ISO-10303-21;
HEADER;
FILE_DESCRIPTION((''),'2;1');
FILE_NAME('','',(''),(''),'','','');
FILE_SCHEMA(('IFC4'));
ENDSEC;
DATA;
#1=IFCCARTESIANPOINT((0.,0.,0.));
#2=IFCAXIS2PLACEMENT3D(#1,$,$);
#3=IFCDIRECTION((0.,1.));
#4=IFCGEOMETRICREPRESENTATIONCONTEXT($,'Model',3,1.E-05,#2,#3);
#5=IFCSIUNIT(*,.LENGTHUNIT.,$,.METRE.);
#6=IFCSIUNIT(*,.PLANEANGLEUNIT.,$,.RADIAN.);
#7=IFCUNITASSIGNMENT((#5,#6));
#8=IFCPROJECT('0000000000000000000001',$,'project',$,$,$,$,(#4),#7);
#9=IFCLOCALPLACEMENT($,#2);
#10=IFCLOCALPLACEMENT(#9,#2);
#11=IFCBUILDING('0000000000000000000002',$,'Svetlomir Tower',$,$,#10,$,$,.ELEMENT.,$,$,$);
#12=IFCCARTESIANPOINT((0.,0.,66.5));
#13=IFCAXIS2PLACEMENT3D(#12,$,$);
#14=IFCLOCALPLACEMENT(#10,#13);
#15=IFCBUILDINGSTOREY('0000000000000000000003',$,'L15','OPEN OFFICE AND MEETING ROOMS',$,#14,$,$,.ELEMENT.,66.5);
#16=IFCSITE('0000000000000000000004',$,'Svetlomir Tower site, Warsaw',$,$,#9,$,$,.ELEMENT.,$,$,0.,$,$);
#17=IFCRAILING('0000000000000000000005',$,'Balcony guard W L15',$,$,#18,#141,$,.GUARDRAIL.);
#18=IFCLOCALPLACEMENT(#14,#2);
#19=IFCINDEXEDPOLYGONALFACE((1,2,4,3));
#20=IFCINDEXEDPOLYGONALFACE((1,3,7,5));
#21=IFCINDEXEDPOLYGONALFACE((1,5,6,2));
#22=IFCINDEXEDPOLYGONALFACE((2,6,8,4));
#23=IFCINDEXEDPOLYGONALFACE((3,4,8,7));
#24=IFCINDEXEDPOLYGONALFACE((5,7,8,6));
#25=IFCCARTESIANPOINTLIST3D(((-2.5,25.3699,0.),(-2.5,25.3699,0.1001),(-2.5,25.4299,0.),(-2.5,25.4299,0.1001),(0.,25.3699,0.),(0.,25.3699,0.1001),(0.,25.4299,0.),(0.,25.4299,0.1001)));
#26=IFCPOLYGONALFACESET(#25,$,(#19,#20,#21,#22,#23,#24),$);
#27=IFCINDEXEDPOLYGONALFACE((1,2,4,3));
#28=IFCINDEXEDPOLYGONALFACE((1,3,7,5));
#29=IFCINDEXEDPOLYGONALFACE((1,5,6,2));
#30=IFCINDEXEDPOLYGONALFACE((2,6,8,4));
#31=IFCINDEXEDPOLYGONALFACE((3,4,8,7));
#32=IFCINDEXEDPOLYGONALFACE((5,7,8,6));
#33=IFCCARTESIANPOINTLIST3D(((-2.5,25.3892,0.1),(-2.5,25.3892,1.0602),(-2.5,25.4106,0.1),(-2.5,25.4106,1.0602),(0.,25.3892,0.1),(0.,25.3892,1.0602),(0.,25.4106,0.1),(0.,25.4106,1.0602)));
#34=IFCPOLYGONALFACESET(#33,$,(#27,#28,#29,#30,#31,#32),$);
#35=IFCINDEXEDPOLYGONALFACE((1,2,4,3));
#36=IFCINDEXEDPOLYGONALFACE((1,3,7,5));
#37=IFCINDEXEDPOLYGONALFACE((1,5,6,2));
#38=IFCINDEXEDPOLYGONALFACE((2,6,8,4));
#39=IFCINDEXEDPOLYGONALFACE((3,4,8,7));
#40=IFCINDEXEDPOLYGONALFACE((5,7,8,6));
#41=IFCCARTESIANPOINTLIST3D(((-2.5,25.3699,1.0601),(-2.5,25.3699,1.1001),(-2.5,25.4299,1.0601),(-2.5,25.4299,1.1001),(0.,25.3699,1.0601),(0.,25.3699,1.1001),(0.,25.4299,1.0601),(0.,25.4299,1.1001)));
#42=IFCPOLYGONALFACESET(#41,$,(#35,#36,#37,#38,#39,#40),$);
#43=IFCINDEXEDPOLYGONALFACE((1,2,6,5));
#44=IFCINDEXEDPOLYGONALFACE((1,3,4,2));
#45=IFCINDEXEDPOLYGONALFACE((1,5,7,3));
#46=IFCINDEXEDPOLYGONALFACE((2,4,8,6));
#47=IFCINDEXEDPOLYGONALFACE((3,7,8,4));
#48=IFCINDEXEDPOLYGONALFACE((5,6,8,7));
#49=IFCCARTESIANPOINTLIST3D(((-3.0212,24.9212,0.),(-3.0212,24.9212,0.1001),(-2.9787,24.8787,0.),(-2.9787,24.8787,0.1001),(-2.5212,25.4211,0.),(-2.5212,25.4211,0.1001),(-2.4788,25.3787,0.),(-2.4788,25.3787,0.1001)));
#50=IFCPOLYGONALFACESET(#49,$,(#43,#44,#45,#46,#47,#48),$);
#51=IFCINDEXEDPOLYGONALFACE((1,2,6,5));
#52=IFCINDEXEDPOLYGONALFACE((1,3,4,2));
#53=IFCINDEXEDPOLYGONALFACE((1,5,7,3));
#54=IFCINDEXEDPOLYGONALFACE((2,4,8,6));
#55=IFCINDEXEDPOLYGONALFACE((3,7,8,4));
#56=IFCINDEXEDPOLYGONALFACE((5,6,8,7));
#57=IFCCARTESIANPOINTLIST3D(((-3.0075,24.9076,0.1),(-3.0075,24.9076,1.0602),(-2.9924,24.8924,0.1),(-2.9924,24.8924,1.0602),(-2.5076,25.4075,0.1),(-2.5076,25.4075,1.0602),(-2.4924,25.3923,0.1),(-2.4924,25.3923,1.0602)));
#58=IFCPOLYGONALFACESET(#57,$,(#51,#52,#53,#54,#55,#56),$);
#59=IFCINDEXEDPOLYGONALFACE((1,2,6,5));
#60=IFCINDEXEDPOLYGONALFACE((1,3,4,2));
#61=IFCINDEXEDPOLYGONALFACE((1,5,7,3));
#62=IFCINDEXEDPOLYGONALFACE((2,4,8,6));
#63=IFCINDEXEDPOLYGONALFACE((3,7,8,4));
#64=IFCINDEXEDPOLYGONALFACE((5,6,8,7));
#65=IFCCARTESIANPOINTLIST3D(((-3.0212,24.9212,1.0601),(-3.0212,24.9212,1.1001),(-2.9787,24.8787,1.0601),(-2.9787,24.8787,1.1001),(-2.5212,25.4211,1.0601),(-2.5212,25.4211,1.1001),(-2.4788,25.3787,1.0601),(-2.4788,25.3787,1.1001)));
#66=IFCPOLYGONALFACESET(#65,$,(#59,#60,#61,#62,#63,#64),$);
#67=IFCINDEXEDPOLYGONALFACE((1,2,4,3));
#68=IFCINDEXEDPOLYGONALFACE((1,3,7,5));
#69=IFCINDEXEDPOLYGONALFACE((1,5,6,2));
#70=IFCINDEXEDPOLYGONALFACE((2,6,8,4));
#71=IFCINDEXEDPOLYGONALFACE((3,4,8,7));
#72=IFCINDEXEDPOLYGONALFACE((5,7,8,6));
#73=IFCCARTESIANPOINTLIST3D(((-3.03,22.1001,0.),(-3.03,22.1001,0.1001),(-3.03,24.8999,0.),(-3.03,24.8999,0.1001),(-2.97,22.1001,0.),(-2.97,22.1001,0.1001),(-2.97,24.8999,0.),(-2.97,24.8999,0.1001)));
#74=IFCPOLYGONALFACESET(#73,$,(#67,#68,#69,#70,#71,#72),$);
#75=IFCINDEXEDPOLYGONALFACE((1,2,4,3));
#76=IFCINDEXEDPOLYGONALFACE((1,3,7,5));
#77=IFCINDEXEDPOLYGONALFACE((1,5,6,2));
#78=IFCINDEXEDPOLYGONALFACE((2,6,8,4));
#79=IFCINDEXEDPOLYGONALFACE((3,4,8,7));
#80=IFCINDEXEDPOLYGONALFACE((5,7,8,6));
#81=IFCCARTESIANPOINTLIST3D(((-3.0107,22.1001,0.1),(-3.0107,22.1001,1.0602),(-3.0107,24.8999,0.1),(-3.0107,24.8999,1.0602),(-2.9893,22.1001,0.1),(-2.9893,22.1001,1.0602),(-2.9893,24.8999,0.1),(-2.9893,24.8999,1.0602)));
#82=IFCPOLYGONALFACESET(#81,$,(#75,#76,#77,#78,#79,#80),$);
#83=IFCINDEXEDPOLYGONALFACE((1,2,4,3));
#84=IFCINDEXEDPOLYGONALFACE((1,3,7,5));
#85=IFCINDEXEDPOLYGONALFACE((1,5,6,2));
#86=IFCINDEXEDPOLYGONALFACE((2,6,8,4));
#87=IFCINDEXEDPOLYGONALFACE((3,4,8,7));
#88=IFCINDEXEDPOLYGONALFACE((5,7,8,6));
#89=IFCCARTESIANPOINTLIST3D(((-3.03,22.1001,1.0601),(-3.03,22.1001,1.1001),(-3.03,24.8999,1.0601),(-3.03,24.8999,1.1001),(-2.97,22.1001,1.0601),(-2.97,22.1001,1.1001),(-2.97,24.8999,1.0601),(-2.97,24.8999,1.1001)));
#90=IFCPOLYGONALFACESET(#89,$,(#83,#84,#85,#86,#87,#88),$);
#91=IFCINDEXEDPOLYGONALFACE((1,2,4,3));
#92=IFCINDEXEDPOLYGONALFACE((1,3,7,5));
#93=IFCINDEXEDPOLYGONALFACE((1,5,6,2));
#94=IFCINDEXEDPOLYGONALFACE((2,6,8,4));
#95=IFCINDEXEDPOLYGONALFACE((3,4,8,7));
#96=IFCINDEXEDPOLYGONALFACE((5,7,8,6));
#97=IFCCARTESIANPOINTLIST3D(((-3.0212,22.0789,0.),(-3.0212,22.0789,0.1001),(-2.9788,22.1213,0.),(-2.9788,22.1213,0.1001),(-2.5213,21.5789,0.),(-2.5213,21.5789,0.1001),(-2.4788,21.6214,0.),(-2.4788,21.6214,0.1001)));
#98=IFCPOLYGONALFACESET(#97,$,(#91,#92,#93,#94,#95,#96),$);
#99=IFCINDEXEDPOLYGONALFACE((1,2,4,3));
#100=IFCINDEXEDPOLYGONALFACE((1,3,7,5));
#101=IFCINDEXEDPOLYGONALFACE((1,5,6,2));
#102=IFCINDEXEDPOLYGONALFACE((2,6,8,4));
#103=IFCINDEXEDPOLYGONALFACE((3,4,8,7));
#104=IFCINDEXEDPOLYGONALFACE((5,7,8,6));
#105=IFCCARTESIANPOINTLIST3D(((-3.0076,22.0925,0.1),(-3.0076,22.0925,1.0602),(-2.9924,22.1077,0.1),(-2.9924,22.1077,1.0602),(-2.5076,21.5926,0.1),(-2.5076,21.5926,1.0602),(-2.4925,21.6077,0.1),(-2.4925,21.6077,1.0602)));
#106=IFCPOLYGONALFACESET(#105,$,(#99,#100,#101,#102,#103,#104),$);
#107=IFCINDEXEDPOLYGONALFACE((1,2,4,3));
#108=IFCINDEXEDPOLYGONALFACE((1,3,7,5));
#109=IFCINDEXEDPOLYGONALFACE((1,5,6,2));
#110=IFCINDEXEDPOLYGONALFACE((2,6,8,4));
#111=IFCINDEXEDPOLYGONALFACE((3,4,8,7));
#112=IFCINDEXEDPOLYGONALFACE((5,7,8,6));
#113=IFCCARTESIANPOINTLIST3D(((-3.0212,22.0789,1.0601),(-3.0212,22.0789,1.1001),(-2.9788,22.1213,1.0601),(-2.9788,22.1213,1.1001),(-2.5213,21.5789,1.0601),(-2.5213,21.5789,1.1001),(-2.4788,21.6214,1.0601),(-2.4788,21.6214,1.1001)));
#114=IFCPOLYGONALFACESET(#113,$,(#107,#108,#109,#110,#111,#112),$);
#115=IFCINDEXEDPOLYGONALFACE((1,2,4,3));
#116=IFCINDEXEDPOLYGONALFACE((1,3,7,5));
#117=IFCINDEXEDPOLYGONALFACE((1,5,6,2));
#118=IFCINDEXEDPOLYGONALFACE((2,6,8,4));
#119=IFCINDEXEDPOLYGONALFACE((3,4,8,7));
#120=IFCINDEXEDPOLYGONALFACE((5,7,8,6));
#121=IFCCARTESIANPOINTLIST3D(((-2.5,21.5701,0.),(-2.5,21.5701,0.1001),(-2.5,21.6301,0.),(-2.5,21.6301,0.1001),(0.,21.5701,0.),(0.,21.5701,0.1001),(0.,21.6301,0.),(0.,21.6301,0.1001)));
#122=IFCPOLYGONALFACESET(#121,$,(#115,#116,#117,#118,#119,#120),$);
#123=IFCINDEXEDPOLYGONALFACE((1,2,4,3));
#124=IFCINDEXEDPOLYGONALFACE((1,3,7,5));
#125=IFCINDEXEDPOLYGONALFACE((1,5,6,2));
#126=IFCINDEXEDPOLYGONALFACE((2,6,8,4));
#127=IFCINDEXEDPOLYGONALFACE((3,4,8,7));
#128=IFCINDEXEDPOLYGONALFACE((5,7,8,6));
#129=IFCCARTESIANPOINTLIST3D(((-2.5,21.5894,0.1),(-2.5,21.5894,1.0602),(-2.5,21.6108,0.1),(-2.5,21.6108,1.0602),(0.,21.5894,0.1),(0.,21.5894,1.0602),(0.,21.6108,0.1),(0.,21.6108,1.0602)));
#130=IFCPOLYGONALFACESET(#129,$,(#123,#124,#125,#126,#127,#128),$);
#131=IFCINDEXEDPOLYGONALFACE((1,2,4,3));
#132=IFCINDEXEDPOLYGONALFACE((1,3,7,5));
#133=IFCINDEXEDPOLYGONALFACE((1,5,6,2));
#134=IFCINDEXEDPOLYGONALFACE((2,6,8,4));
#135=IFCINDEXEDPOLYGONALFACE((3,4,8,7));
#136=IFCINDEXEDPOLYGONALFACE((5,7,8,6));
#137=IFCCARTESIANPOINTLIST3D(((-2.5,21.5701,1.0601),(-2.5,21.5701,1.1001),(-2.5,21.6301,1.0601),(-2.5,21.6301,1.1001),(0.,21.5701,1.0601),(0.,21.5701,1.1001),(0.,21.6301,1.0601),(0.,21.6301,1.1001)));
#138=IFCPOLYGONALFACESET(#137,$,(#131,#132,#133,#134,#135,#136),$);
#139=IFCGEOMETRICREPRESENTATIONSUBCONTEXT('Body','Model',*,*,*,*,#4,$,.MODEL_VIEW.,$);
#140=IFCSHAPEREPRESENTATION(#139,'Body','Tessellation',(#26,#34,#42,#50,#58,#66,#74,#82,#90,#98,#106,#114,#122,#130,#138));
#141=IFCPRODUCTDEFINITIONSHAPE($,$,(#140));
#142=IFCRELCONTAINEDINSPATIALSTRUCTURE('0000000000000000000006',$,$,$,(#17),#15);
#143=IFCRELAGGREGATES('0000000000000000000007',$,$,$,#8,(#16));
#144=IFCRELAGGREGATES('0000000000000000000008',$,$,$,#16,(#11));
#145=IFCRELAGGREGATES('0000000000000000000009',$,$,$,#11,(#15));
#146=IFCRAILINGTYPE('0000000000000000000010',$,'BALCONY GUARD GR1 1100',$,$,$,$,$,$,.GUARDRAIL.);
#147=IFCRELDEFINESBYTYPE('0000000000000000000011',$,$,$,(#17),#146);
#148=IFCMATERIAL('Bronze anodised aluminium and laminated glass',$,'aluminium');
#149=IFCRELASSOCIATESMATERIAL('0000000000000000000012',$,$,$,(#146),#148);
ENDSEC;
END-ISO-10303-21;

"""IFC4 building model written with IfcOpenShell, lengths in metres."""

from ifc_helpers import new_model, si_unit, direction, frame, origin, origin_2d, place, context, subcontext, project, spatial, rectangle, extrude, material, type_object, element, save


model = new_model("IFC4")

# Units and contexts
model_context = context("Model", 3, precision=1e-05, world=origin(), true_north=direction((0.0, 1.0)))
body_context = subcontext(model_context, "Body", "Model", "MODEL_VIEW")
ifc_project = project(units=[si_unit("LENGTHUNIT", "METRE"), si_unit("PLANEANGLEUNIT", "RADIAN")], contexts=[model_context])

# Site, building, storey
site_placement = place(None, origin())
site = spatial("IfcSite", under=ifc_project, at=site_placement, Name="Svetlomir Tower site, Warsaw", CompositionType="ELEMENT", RefElevation=0.0)
building_placement = place(site_placement, origin())
building = spatial("IfcBuilding", under=site, at=building_placement, Name="Svetlomir Tower", CompositionType="ELEMENT")
storey_placement = place(building_placement, frame((0.0, 0.0, 66.5)))
storey = spatial("IfcBuildingStorey", under=building, at=storey_placement, Name="L15", Description="OPEN OFFICE AND MEETING ROOMS", CompositionType="ELEMENT", Elevation=66.5)

# Railing
ifc_material_1 = material(Name="Bronze anodised aluminium and laminated glass", Category="aluminium")
railing_type_1 = type_object("IfcRailingType", Name="BALCONY GUARD GR1 1100", PredefinedType="GUARDRAIL", material=ifc_material_1)
railing_1_placement = place(storey_placement, frame((0.0, 25.3999, 0.0)))
element("IfcRailing", 1, at=railing_1_placement, inside=storey, type_object=railing_type_1, Name="Balcony guard W L15", PredefinedType="GUARDRAIL", context=body_context, shape_type="SweptSolid", body=[
    extrude(rectangle(XDim=0.0601, YDim=0.1001, at=origin_2d()), frame((0.0, 0.0, 0.05), z_axis=(-1.0, 0.0, 0.0), x_axis=(0.0, -1.0, 0.0)), (0.0, 0.0, 1.0), 2.5),
    extrude(rectangle(XDim=0.0215, YDim=0.9602, at=origin_2d()), frame((0.0, 0.0, 0.5801), z_axis=(-1.0, 0.0, 0.0), x_axis=(0.0, -1.0, 0.0)), (0.0, 0.0, 1.0), 2.5),
    extrude(rectangle(XDim=0.0601, YDim=0.04, at=origin_2d()), frame((0.0, 0.0, 1.0801), z_axis=(-1.0, 0.0, 0.0), x_axis=(0.0, -1.0, 0.0)), (0.0, 0.0, 1.0), 2.5),
    extrude(rectangle(XDim=0.0601, YDim=0.1001, at=origin_2d()), frame((-2.5, 0.0, 0.05), z_axis=(-0.707107, -0.707107, 0.0), x_axis=(0.707107, -0.707107, 0.0)), (0.0, 0.0, 1.0), 0.707),
    extrude(rectangle(XDim=0.0215, YDim=0.9602, at=origin_2d()), frame((-2.5, 0.0, 0.5801), z_axis=(-0.707107, -0.707107, 0.0), x_axis=(0.707107, -0.707107, 0.0)), (0.0, 0.0, 1.0), 0.707),
    extrude(rectangle(XDim=0.0601, YDim=0.04, at=origin_2d()), frame((-2.5, 0.0, 1.0801), z_axis=(-0.707107, -0.707107, 0.0), x_axis=(0.707107, -0.707107, 0.0)), (0.0, 0.0, 1.0), 0.707),
    extrude(rectangle(XDim=0.0601, YDim=0.1001, at=origin_2d()), frame((-3.0, -0.5, 0.05), z_axis=(0.0, -1.0, 0.0), x_axis=(1.0, 0.0, 0.0)), (0.0, 0.0, 1.0), 2.7998),
    extrude(rectangle(XDim=0.0215, YDim=0.9602, at=origin_2d()), frame((-3.0, -0.5, 0.5801), z_axis=(0.0, -1.0, 0.0), x_axis=(1.0, 0.0, 0.0)), (0.0, 0.0, 1.0), 2.7998),
    extrude(rectangle(XDim=0.0601, YDim=0.04, at=origin_2d()), frame((-3.0, -0.5, 1.0801), z_axis=(0.0, -1.0, 0.0), x_axis=(1.0, 0.0, 0.0)), (0.0, 0.0, 1.0), 2.7998),
    extrude(rectangle(XDim=0.0601, YDim=0.1001, at=origin_2d()), frame((-3.0, -3.2998, 0.05), z_axis=(0.707107, -0.707107, 0.0), x_axis=(0.707107, 0.707107, 0.0)), (0.0, 0.0, 1.0), 0.707),
    extrude(rectangle(XDim=0.0215, YDim=0.9602, at=origin_2d()), frame((-3.0, -3.2998, 0.5801), z_axis=(0.707107, -0.707107, 0.0), x_axis=(0.707107, 0.707107, 0.0)), (0.0, 0.0, 1.0), 0.707),
    extrude(rectangle(XDim=0.0601, YDim=0.04, at=origin_2d()), frame((-3.0, -3.2998, 1.0801), z_axis=(0.707107, -0.707107, 0.0), x_axis=(0.707107, 0.707107, 0.0)), (0.0, 0.0, 1.0), 0.707),
    extrude(rectangle(XDim=0.0601, YDim=0.1001, at=origin_2d()), frame((-2.5, -3.7998, 0.05), z_axis=(1.0, 0.0, 0.0), x_axis=(0.0, 1.0, 0.0)), (0.0, 0.0, 1.0), 2.5),
    extrude(rectangle(XDim=0.0215, YDim=0.9602, at=origin_2d()), frame((-2.5, -3.7998, 0.5801), z_axis=(1.0, 0.0, 0.0), x_axis=(0.0, 1.0, 0.0)), (0.0, 0.0, 1.0), 2.5),
    extrude(rectangle(XDim=0.0601, YDim=0.04, at=origin_2d()), frame((-2.5, -3.7998, 1.0801), z_axis=(1.0, 0.0, 0.0), x_axis=(0.0, 1.0, 0.0)), (0.0, 0.0, 1.0), 2.5),
])

save(model, "model.ifc")
